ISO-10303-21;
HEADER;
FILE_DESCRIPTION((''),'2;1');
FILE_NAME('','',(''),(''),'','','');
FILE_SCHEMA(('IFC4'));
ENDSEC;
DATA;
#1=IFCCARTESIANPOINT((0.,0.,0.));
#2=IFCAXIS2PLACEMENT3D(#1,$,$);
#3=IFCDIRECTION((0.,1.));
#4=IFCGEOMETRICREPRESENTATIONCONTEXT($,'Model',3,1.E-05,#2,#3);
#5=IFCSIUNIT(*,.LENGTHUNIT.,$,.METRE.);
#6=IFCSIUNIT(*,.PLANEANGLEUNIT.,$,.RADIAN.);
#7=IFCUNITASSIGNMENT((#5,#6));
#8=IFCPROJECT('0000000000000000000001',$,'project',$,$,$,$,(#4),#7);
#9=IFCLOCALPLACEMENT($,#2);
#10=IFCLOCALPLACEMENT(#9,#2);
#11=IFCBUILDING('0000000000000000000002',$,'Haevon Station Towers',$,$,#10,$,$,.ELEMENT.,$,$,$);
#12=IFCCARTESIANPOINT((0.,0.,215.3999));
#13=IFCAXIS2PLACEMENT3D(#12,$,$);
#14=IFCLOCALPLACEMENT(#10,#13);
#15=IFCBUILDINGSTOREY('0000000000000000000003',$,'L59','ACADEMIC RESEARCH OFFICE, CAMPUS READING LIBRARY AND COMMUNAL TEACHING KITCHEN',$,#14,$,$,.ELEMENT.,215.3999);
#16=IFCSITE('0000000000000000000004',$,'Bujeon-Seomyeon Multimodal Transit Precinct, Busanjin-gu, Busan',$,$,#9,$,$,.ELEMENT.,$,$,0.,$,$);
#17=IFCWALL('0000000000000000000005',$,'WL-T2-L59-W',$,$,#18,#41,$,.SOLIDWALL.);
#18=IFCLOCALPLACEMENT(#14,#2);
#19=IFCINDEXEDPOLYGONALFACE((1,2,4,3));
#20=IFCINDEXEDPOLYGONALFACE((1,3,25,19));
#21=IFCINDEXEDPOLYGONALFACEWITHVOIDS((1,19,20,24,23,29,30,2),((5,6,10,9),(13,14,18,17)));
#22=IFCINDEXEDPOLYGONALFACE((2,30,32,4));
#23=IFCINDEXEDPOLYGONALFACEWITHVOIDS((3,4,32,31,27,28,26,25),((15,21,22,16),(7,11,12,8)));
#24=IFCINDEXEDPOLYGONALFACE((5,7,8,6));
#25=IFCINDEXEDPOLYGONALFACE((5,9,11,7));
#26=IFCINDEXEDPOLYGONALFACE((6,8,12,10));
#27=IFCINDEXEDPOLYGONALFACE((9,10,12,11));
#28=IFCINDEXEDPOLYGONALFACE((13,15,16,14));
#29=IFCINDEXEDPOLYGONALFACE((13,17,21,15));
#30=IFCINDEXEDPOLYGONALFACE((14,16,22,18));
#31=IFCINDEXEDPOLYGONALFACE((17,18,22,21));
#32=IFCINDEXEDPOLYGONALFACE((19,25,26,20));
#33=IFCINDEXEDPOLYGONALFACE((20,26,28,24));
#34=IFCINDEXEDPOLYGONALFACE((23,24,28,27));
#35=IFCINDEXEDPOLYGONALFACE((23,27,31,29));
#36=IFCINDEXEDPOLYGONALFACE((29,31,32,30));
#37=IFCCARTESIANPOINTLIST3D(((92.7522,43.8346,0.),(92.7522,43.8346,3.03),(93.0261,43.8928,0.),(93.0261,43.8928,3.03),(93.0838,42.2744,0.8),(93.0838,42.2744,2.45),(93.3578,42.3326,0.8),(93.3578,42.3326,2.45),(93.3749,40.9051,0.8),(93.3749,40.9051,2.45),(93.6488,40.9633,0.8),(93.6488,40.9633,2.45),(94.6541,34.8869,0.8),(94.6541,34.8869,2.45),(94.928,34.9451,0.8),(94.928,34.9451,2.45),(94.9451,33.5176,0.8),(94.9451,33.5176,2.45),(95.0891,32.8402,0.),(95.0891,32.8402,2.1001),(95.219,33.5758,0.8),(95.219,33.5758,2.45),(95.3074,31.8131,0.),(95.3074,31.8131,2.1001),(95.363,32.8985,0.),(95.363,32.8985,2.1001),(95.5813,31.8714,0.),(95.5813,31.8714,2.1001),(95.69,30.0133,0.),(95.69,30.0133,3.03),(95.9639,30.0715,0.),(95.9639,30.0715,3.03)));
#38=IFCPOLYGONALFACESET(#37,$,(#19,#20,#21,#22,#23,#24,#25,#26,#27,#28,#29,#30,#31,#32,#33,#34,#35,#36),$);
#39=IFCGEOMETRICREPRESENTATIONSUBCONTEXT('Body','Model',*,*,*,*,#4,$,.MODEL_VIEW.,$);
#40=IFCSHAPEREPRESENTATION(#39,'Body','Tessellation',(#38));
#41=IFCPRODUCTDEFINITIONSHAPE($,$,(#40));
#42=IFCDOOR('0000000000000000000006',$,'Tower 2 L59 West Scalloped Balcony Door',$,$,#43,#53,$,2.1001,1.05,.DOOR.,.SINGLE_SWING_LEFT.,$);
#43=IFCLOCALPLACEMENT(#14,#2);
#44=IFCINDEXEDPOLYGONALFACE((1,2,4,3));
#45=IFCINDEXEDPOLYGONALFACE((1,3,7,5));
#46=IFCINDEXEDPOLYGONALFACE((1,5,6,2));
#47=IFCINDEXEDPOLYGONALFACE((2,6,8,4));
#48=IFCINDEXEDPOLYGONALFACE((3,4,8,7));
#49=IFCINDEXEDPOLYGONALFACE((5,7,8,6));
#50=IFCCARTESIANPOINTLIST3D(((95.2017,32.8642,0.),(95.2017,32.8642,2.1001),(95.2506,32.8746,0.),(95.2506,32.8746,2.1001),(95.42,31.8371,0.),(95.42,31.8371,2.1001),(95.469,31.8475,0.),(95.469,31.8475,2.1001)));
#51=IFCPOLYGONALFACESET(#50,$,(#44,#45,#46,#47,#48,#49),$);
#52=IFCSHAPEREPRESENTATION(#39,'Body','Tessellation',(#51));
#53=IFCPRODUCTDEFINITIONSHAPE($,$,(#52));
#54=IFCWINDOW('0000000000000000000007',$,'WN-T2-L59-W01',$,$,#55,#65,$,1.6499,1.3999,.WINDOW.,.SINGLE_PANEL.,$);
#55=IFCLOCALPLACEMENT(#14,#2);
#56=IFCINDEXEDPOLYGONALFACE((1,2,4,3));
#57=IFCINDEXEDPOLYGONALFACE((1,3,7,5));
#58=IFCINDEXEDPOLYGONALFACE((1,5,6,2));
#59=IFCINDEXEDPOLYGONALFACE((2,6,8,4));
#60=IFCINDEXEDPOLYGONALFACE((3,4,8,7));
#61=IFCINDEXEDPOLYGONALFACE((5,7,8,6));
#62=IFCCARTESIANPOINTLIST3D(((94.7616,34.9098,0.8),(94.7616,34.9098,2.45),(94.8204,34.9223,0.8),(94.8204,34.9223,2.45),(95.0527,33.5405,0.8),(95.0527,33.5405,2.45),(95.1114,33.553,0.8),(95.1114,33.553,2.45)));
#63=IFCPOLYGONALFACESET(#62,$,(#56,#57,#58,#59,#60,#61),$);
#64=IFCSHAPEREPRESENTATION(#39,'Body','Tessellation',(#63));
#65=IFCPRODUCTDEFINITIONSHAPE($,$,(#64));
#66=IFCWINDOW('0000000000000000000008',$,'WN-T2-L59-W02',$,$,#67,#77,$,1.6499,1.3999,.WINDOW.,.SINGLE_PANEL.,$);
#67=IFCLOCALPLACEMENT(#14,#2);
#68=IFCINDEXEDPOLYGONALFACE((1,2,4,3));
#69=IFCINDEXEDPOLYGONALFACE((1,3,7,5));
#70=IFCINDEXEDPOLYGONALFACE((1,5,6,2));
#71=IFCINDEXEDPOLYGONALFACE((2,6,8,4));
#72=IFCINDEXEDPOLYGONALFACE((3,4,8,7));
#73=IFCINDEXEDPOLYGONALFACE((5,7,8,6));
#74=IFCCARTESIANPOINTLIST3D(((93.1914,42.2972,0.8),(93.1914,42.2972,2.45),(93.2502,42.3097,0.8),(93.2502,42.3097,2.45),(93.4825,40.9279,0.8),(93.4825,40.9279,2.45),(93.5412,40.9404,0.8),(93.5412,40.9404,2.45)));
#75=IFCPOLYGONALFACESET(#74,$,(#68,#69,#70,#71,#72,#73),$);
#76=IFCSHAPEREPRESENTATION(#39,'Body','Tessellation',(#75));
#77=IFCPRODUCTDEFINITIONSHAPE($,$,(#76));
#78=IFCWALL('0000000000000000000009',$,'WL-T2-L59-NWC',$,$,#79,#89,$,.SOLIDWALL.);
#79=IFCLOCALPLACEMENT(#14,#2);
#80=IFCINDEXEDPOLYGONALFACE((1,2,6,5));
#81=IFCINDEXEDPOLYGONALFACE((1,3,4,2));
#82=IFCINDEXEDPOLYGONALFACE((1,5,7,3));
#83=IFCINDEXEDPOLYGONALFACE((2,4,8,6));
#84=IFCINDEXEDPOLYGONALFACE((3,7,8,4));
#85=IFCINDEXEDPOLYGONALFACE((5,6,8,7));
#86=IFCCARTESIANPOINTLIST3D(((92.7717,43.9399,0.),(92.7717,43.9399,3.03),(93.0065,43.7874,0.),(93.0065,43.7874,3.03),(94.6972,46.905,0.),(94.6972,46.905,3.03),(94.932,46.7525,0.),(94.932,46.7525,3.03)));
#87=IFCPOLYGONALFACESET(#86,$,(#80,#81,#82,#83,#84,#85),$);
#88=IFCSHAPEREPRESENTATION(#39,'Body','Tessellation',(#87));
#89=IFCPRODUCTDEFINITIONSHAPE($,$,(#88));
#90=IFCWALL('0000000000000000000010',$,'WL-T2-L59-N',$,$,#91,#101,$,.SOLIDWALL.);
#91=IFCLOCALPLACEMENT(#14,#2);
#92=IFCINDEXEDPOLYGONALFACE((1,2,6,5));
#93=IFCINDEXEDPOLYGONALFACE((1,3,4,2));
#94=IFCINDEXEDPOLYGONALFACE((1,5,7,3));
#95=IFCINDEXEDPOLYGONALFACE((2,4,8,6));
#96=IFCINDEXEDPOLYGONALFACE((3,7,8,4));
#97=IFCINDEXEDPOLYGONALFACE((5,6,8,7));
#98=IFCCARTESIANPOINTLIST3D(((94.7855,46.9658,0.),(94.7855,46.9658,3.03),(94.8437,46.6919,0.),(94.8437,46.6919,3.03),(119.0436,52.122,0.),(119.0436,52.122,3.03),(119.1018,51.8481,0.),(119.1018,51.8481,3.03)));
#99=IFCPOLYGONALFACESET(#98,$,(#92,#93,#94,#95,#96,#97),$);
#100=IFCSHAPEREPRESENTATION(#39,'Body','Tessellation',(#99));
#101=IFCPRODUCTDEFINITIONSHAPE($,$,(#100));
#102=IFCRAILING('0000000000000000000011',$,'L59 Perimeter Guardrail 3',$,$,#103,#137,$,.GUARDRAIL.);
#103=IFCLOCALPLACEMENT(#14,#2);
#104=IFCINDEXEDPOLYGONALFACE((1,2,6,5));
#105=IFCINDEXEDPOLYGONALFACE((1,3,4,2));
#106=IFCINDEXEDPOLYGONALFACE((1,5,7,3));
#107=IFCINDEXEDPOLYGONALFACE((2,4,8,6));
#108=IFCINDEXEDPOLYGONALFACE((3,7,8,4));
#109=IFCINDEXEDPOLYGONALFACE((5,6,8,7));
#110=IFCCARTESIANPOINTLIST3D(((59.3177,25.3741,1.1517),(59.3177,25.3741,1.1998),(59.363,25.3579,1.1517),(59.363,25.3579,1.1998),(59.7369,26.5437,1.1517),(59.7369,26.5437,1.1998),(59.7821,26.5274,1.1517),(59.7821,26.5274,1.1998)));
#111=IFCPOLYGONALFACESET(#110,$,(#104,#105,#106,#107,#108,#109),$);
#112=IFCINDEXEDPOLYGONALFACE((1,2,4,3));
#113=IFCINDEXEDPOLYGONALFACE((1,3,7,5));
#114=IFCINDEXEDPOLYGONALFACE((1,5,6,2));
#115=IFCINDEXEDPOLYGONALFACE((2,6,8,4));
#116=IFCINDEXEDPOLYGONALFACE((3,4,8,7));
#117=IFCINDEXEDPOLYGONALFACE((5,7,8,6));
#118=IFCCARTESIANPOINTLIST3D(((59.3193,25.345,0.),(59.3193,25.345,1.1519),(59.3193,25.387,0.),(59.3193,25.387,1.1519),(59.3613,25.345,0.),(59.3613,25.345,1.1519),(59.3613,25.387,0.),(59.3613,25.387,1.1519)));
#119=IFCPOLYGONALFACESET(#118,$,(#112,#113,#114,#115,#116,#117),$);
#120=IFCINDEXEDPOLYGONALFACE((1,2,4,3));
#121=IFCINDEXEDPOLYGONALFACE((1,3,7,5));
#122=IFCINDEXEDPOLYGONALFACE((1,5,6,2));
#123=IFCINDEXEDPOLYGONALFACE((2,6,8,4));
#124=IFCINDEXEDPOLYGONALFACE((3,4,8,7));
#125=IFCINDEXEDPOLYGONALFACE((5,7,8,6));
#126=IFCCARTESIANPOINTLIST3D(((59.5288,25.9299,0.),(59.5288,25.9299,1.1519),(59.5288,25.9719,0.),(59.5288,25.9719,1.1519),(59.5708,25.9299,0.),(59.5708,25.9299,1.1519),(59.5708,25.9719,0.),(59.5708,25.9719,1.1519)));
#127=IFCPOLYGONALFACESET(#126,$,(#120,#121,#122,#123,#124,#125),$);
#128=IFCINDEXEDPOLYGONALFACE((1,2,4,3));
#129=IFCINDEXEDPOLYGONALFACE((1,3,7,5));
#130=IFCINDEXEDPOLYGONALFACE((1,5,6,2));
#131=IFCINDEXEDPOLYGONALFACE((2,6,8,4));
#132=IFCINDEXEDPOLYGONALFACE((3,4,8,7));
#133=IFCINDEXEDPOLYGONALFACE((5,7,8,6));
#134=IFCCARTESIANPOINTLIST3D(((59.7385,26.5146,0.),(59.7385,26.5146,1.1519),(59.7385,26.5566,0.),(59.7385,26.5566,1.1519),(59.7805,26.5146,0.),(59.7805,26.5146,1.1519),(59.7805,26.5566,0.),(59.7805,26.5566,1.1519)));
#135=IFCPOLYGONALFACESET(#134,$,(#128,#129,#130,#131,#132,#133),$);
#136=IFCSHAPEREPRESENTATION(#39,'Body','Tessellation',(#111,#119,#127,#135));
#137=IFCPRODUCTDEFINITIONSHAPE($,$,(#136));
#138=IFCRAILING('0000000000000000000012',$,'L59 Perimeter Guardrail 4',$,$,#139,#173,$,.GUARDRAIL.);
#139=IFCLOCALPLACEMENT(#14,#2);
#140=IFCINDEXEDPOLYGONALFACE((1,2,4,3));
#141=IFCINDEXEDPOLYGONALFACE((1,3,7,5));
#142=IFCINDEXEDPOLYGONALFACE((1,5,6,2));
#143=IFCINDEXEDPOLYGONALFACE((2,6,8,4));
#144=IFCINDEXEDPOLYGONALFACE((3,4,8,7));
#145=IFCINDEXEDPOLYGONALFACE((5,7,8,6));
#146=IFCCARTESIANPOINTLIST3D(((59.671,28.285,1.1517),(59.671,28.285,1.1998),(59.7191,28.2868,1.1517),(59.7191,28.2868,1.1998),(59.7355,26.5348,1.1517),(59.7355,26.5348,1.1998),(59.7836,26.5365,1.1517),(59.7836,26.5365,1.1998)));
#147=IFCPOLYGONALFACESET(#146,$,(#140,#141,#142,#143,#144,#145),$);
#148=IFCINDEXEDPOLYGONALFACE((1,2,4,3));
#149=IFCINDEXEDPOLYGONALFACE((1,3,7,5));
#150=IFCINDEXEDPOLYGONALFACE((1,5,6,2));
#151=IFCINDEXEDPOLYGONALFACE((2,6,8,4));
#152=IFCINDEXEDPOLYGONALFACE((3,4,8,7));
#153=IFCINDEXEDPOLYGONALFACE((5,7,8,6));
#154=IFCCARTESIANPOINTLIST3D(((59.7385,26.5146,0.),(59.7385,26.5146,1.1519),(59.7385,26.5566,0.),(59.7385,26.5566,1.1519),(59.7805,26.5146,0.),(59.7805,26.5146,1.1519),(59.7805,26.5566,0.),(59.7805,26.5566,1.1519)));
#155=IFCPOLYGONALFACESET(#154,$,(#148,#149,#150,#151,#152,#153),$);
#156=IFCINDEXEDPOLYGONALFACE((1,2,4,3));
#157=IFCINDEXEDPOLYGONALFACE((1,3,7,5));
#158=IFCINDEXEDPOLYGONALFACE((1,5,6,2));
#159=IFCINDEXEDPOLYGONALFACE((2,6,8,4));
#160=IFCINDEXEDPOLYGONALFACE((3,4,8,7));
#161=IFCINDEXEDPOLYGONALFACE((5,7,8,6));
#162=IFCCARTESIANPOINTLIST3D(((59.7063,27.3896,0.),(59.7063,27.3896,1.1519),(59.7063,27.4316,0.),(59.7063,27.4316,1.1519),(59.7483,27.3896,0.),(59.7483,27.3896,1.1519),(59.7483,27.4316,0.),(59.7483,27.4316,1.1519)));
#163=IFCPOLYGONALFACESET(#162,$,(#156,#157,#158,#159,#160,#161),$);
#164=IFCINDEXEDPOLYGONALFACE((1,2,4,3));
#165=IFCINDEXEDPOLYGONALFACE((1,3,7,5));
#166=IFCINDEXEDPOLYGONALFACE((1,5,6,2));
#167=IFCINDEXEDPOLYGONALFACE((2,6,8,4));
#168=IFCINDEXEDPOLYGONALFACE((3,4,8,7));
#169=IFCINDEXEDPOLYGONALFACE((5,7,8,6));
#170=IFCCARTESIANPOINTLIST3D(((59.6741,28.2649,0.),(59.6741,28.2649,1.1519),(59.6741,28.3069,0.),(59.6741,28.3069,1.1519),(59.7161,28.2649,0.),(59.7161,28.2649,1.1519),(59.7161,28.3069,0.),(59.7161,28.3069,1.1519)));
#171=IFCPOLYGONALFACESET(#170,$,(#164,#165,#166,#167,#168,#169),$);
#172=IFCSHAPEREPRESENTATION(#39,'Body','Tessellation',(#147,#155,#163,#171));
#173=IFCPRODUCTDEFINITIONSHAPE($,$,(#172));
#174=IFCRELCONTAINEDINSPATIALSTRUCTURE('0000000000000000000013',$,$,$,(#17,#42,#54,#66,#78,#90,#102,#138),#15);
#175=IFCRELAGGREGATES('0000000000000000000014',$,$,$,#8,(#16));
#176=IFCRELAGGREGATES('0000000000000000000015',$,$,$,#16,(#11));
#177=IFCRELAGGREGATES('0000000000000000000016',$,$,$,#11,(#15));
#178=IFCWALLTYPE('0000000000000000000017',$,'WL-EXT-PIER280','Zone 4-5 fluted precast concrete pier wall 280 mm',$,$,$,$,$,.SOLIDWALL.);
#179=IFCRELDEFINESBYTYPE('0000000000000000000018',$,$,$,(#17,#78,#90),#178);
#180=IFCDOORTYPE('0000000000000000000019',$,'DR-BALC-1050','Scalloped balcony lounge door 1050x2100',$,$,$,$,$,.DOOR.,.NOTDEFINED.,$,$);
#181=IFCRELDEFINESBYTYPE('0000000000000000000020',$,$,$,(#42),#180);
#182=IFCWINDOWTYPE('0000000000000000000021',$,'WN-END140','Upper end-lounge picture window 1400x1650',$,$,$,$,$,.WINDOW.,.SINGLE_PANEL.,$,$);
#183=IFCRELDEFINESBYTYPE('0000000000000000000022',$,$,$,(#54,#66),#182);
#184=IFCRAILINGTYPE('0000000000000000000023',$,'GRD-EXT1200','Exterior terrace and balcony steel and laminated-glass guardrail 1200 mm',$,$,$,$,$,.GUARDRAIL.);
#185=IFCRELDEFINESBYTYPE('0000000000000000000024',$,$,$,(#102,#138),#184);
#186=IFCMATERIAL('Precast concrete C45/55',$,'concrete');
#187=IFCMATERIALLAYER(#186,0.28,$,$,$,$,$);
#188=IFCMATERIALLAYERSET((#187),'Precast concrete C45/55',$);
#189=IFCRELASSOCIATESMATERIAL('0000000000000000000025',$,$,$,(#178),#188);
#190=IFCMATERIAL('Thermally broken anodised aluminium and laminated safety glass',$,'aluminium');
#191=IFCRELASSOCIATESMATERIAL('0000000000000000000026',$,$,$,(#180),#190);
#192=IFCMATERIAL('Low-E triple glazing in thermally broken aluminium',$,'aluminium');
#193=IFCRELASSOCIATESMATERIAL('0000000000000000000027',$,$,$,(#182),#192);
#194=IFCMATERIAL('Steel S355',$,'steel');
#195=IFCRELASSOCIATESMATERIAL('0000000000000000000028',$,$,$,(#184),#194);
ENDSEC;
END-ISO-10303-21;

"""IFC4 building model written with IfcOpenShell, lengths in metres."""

from ifc_helpers import new_model, si_unit, direction, frame, frame_2d, origin, origin_2d, place, context, subcontext, project, spatial, rectangle, extrude, material, layer, layer_set, type_object, element, fill, save


model = new_model("IFC4")

# Units and contexts
model_context = context("Model", 3, precision=1e-05, world=origin(), true_north=direction((0.0, 1.0)))
body_context = subcontext(model_context, "Body", "Model", "MODEL_VIEW")
ifc_project = project(units=[si_unit("LENGTHUNIT", "METRE"), si_unit("PLANEANGLEUNIT", "RADIAN")], contexts=[model_context])

# Site, building, storey
site_placement = place(None, origin())
site = spatial("IfcSite", under=ifc_project, at=site_placement, Name="Bujeon-Seomyeon Multimodal Transit Precinct, Busanjin-gu, Busan", CompositionType="ELEMENT", RefElevation=0.0)
building_placement = place(site_placement, origin())
building = spatial("IfcBuilding", under=site, at=building_placement, Name="Haevon Station Towers", CompositionType="ELEMENT")
storey_placement = place(building_placement, frame((0.0, 0.0, 215.3999)))
storey = spatial("IfcBuildingStorey", under=building, at=storey_placement, Name="L59", Description="ACADEMIC RESEARCH OFFICE, CAMPUS READING LIBRARY AND COMMUNAL TEACHING KITCHEN", CompositionType="ELEMENT", Elevation=215.3999)

# Shared definitions
ifc_material_1 = material(Name="Steel S355", Category="steel")

# Wall, openings, door, windows
ifc_material_2 = material(Name="Precast concrete C45/55", Category="concrete")
ifc_layer_1 = layer(ifc_material_2, 0.28)
ifc_layer_set_1 = layer_set([ifc_layer_1], Name="Precast concrete C45/55")
wall_type = type_object("IfcWallType", Name="WL-EXT-PIER280", Description="Zone 4-5 fluted precast concrete pier wall 280 mm", PredefinedType="SOLIDWALL", material=ifc_layer_set_1)
wall_1_placement = place(storey_placement, frame((95.8269, 30.0425, 0.0), z_axis=(0.0, 0.0, 1.0), x_axis=(-0.207908, 0.978148, 0.0)))
wall_1 = element("IfcWall", 1, at=wall_1_placement, inside=storey, type_object=wall_type, Name="WL-T2-L59-W", PredefinedType="SOLIDWALL", context=body_context, shape_type="SweptSolid", body=[
    extrude(rectangle(XDim=14.1301, YDim=0.28, at=frame_2d((7.0649, 0.0))), origin(), (0.0, 0.0, 1.0), 3.03),
])
opening_1_placement = place(wall_1_placement, frame((1.8401, 0.0, 0.0)))
opening_1 = element("IfcOpeningElement", 2, at=opening_1_placement, cuts=wall_1, PredefinedType="OPENING", context=body_context, shape_type="SweptSolid", body=[
    extrude(rectangle(XDim=1.05, YDim=2.1001, at=frame_2d((0.5249, 1.05))), frame((0.0, 0.1499, 0.0), z_axis=(0.0, -1.0, 0.0), x_axis=(1.0, 0.0, 0.0)), (0.0, 0.0, 1.0), 0.3),
])
opening_2_placement = place(wall_1_placement, frame((3.5825, 0.0, 0.8)))
opening_2 = element("IfcOpeningElement", 3, at=opening_2_placement, cuts=wall_1, PredefinedType="OPENING", context=body_context, shape_type="SweptSolid", body=[
    extrude(rectangle(XDim=1.3999, YDim=1.6499, at=frame_2d((0.7, 0.825))), frame((0.0, 0.1499, 0.0), z_axis=(0.0, -1.0, 0.0), x_axis=(1.0, 0.0, 0.0)), (0.0, 0.0, 1.0), 0.3),
])
opening_3_placement = place(wall_1_placement, frame((11.135, 0.0, 0.8)))
opening_3 = element("IfcOpeningElement", 4, at=opening_3_placement, cuts=wall_1, PredefinedType="OPENING", context=body_context, shape_type="SweptSolid", body=[
    extrude(rectangle(XDim=1.3999, YDim=1.6499, at=frame_2d((0.7, 0.825))), frame((0.0, 0.1499, 0.0), z_axis=(0.0, -1.0, 0.0), x_axis=(1.0, 0.0, 0.0)), (0.0, 0.0, 1.0), 0.3),
])
ifc_material_3 = material(Name="Thermally broken anodised aluminium and laminated safety glass", Category="aluminium")
door_type = type_object("IfcDoorType", Name="DR-BALC-1050", Description="Scalloped balcony lounge door 1050x2100", OperationType="NOTDEFINED", PredefinedType="DOOR", material=ifc_material_3)
door_placement = place(opening_1_placement, origin())
door = element("IfcDoor", 5, at=door_placement, inside=storey, type_object=door_type, Name="Tower 2 L59 West Scalloped Balcony Door", OperationType="SINGLE_SWING_LEFT", OverallHeight=2.1001, OverallWidth=1.05, PredefinedType="DOOR", context=body_context, shape_type="SweptSolid", body=[
    extrude(rectangle(XDim=1.05, YDim=2.1001, at=frame_2d((0.5249, 1.05))), frame((0.0, 0.0249, 0.0), z_axis=(0.0, -1.0, 0.0), x_axis=(1.0, 0.0, 0.0)), (0.0, 0.0, 1.0), 0.05),
])
fill(opening_1, door)
ifc_material_4 = material(Name="Low-E triple glazing in thermally broken aluminium", Category="aluminium")
window_type = type_object("IfcWindowType", Name="WN-END140", Description="Upper end-lounge picture window 1400x1650", PartitioningType="SINGLE_PANEL", PredefinedType="WINDOW", material=ifc_material_4)
window_1_placement = place(opening_2_placement, origin())
window_1 = element("IfcWindow", 6, at=window_1_placement, inside=storey, type_object=window_type, Name="WN-T2-L59-W01", OverallHeight=1.6499, OverallWidth=1.3999, PartitioningType="SINGLE_PANEL", PredefinedType="WINDOW", context=body_context, shape_type="SweptSolid", body=[
    extrude(rectangle(XDim=1.3999, YDim=1.6499, at=frame_2d((0.7, 0.825))), frame((0.0, 0.03, 0.0), z_axis=(0.0, -1.0, 0.0), x_axis=(1.0, 0.0, 0.0)), (0.0, 0.0, 1.0), 0.0601),
])
fill(opening_2, window_1)
window_2_placement = place(opening_3_placement, origin())
window_2 = element("IfcWindow", 7, at=window_2_placement, inside=storey, type_object=window_type, Name="WN-T2-L59-W02", OverallHeight=1.6499, OverallWidth=1.3999, PartitioningType="SINGLE_PANEL", PredefinedType="WINDOW", context=body_context, shape_type="SweptSolid", body=[
    extrude(rectangle(XDim=1.3999, YDim=1.6499, at=frame_2d((0.7, 0.825))), frame((0.0, 0.03, 0.0), z_axis=(0.0, -1.0, 0.0), x_axis=(1.0, 0.0, 0.0)), (0.0, 0.0, 1.0), 0.0601),
])
fill(opening_3, window_2)

# Walls
wall_2_placement = place(storey_placement, frame((92.8892, 43.8638, 0.0), z_axis=(0.0, 0.0, 1.0), x_axis=(0.544636, 0.838672, 0.0)))
element("IfcWall", 8, at=wall_2_placement, inside=storey, type_object=wall_type, Name="WL-T2-L59-NWC", PredefinedType="SOLIDWALL", context=body_context, shape_type="SweptSolid", body=[
    extrude(rectangle(XDim=3.5354, YDim=0.28, at=frame_2d((1.7676, 0.0))), origin(), (0.0, 0.0, 1.0), 3.03),
])
wall_3_placement = place(storey_placement, frame((94.8147, 46.8289, 0.0), z_axis=(0.0, 0.0, 1.0), x_axis=(0.978147, 0.207913, 0.0)))
element("IfcWall", 9, at=wall_3_placement, inside=storey, type_object=wall_type, Name="WL-T2-L59-N", PredefinedType="SOLIDWALL", context=body_context, shape_type="SweptSolid", body=[
    extrude(rectangle(XDim=24.8, YDim=0.28, at=frame_2d((12.3999, 0.0))), origin(), (0.0, 0.0, 1.0), 3.03),
])

# Railings
railing_type = type_object("IfcRailingType", Name="GRD-EXT1200", Description="Exterior terrace and balcony steel and laminated-glass guardrail 1200 mm", PredefinedType="GUARDRAIL", material=ifc_material_1)
railing_1_placement = place(storey_placement, frame((59.3403, 25.366, 0.0)))
element("IfcRailing", 10, at=railing_1_placement, inside=storey, type_object=railing_type, Name="L59 Perimeter Guardrail 3", PredefinedType="GUARDRAIL", context=body_context, shape_type="SweptSolid", body=[
    extrude(rectangle(XDim=0.0481, YDim=0.0481, at=origin_2d()), frame((0.0, 0.0, 1.1758), z_axis=(0.337369, 0.941372, 0.0), x_axis=(-0.941372, 0.337369, 0.0)), (0.0, 0.0, 1.0), 1.2424),
    extrude(rectangle(XDim=0.042, YDim=0.042, at=origin_2d()), origin(), (0.0, 0.0, 1.0), 1.1519),
    extrude(rectangle(XDim=0.042, YDim=0.042, at=origin_2d()), frame((0.2095, 0.585, 0.0)), (0.0, 0.0, 1.0), 1.1519),
    extrude(rectangle(XDim=0.042, YDim=0.042, at=origin_2d()), frame((0.4192, 1.1697, 0.0)), (0.0, 0.0, 1.0), 1.1519),
])
railing_2_placement = place(storey_placement, frame((59.7595, 26.5356, 0.0)))
element("IfcRailing", 11, at=railing_2_placement, inside=storey, type_object=railing_type, Name="L59 Perimeter Guardrail 4", PredefinedType="GUARDRAIL", context=body_context, shape_type="SweptSolid", body=[
    extrude(rectangle(XDim=0.0481, YDim=0.0481, at=origin_2d()), frame((0.0, 0.0, 1.1758), z_axis=(-0.0368, 0.999323, 0.0), x_axis=(-0.999323, -0.0368, 0.0)), (0.0, 0.0, 1.0), 1.7515),
    extrude(rectangle(XDim=0.042, YDim=0.042, at=origin_2d()), origin(), (0.0, 0.0, 1.0), 1.1519),
    extrude(rectangle(XDim=0.042, YDim=0.042, at=origin_2d()), frame((-0.0322, 0.875, 0.0)), (0.0, 0.0, 1.0), 1.1519),
    extrude(rectangle(XDim=0.042, YDim=0.042, at=origin_2d()), frame((-0.0645, 1.7502, 0.0)), (0.0, 0.0, 1.0), 1.1519),
])

save(model, "model.ifc")
